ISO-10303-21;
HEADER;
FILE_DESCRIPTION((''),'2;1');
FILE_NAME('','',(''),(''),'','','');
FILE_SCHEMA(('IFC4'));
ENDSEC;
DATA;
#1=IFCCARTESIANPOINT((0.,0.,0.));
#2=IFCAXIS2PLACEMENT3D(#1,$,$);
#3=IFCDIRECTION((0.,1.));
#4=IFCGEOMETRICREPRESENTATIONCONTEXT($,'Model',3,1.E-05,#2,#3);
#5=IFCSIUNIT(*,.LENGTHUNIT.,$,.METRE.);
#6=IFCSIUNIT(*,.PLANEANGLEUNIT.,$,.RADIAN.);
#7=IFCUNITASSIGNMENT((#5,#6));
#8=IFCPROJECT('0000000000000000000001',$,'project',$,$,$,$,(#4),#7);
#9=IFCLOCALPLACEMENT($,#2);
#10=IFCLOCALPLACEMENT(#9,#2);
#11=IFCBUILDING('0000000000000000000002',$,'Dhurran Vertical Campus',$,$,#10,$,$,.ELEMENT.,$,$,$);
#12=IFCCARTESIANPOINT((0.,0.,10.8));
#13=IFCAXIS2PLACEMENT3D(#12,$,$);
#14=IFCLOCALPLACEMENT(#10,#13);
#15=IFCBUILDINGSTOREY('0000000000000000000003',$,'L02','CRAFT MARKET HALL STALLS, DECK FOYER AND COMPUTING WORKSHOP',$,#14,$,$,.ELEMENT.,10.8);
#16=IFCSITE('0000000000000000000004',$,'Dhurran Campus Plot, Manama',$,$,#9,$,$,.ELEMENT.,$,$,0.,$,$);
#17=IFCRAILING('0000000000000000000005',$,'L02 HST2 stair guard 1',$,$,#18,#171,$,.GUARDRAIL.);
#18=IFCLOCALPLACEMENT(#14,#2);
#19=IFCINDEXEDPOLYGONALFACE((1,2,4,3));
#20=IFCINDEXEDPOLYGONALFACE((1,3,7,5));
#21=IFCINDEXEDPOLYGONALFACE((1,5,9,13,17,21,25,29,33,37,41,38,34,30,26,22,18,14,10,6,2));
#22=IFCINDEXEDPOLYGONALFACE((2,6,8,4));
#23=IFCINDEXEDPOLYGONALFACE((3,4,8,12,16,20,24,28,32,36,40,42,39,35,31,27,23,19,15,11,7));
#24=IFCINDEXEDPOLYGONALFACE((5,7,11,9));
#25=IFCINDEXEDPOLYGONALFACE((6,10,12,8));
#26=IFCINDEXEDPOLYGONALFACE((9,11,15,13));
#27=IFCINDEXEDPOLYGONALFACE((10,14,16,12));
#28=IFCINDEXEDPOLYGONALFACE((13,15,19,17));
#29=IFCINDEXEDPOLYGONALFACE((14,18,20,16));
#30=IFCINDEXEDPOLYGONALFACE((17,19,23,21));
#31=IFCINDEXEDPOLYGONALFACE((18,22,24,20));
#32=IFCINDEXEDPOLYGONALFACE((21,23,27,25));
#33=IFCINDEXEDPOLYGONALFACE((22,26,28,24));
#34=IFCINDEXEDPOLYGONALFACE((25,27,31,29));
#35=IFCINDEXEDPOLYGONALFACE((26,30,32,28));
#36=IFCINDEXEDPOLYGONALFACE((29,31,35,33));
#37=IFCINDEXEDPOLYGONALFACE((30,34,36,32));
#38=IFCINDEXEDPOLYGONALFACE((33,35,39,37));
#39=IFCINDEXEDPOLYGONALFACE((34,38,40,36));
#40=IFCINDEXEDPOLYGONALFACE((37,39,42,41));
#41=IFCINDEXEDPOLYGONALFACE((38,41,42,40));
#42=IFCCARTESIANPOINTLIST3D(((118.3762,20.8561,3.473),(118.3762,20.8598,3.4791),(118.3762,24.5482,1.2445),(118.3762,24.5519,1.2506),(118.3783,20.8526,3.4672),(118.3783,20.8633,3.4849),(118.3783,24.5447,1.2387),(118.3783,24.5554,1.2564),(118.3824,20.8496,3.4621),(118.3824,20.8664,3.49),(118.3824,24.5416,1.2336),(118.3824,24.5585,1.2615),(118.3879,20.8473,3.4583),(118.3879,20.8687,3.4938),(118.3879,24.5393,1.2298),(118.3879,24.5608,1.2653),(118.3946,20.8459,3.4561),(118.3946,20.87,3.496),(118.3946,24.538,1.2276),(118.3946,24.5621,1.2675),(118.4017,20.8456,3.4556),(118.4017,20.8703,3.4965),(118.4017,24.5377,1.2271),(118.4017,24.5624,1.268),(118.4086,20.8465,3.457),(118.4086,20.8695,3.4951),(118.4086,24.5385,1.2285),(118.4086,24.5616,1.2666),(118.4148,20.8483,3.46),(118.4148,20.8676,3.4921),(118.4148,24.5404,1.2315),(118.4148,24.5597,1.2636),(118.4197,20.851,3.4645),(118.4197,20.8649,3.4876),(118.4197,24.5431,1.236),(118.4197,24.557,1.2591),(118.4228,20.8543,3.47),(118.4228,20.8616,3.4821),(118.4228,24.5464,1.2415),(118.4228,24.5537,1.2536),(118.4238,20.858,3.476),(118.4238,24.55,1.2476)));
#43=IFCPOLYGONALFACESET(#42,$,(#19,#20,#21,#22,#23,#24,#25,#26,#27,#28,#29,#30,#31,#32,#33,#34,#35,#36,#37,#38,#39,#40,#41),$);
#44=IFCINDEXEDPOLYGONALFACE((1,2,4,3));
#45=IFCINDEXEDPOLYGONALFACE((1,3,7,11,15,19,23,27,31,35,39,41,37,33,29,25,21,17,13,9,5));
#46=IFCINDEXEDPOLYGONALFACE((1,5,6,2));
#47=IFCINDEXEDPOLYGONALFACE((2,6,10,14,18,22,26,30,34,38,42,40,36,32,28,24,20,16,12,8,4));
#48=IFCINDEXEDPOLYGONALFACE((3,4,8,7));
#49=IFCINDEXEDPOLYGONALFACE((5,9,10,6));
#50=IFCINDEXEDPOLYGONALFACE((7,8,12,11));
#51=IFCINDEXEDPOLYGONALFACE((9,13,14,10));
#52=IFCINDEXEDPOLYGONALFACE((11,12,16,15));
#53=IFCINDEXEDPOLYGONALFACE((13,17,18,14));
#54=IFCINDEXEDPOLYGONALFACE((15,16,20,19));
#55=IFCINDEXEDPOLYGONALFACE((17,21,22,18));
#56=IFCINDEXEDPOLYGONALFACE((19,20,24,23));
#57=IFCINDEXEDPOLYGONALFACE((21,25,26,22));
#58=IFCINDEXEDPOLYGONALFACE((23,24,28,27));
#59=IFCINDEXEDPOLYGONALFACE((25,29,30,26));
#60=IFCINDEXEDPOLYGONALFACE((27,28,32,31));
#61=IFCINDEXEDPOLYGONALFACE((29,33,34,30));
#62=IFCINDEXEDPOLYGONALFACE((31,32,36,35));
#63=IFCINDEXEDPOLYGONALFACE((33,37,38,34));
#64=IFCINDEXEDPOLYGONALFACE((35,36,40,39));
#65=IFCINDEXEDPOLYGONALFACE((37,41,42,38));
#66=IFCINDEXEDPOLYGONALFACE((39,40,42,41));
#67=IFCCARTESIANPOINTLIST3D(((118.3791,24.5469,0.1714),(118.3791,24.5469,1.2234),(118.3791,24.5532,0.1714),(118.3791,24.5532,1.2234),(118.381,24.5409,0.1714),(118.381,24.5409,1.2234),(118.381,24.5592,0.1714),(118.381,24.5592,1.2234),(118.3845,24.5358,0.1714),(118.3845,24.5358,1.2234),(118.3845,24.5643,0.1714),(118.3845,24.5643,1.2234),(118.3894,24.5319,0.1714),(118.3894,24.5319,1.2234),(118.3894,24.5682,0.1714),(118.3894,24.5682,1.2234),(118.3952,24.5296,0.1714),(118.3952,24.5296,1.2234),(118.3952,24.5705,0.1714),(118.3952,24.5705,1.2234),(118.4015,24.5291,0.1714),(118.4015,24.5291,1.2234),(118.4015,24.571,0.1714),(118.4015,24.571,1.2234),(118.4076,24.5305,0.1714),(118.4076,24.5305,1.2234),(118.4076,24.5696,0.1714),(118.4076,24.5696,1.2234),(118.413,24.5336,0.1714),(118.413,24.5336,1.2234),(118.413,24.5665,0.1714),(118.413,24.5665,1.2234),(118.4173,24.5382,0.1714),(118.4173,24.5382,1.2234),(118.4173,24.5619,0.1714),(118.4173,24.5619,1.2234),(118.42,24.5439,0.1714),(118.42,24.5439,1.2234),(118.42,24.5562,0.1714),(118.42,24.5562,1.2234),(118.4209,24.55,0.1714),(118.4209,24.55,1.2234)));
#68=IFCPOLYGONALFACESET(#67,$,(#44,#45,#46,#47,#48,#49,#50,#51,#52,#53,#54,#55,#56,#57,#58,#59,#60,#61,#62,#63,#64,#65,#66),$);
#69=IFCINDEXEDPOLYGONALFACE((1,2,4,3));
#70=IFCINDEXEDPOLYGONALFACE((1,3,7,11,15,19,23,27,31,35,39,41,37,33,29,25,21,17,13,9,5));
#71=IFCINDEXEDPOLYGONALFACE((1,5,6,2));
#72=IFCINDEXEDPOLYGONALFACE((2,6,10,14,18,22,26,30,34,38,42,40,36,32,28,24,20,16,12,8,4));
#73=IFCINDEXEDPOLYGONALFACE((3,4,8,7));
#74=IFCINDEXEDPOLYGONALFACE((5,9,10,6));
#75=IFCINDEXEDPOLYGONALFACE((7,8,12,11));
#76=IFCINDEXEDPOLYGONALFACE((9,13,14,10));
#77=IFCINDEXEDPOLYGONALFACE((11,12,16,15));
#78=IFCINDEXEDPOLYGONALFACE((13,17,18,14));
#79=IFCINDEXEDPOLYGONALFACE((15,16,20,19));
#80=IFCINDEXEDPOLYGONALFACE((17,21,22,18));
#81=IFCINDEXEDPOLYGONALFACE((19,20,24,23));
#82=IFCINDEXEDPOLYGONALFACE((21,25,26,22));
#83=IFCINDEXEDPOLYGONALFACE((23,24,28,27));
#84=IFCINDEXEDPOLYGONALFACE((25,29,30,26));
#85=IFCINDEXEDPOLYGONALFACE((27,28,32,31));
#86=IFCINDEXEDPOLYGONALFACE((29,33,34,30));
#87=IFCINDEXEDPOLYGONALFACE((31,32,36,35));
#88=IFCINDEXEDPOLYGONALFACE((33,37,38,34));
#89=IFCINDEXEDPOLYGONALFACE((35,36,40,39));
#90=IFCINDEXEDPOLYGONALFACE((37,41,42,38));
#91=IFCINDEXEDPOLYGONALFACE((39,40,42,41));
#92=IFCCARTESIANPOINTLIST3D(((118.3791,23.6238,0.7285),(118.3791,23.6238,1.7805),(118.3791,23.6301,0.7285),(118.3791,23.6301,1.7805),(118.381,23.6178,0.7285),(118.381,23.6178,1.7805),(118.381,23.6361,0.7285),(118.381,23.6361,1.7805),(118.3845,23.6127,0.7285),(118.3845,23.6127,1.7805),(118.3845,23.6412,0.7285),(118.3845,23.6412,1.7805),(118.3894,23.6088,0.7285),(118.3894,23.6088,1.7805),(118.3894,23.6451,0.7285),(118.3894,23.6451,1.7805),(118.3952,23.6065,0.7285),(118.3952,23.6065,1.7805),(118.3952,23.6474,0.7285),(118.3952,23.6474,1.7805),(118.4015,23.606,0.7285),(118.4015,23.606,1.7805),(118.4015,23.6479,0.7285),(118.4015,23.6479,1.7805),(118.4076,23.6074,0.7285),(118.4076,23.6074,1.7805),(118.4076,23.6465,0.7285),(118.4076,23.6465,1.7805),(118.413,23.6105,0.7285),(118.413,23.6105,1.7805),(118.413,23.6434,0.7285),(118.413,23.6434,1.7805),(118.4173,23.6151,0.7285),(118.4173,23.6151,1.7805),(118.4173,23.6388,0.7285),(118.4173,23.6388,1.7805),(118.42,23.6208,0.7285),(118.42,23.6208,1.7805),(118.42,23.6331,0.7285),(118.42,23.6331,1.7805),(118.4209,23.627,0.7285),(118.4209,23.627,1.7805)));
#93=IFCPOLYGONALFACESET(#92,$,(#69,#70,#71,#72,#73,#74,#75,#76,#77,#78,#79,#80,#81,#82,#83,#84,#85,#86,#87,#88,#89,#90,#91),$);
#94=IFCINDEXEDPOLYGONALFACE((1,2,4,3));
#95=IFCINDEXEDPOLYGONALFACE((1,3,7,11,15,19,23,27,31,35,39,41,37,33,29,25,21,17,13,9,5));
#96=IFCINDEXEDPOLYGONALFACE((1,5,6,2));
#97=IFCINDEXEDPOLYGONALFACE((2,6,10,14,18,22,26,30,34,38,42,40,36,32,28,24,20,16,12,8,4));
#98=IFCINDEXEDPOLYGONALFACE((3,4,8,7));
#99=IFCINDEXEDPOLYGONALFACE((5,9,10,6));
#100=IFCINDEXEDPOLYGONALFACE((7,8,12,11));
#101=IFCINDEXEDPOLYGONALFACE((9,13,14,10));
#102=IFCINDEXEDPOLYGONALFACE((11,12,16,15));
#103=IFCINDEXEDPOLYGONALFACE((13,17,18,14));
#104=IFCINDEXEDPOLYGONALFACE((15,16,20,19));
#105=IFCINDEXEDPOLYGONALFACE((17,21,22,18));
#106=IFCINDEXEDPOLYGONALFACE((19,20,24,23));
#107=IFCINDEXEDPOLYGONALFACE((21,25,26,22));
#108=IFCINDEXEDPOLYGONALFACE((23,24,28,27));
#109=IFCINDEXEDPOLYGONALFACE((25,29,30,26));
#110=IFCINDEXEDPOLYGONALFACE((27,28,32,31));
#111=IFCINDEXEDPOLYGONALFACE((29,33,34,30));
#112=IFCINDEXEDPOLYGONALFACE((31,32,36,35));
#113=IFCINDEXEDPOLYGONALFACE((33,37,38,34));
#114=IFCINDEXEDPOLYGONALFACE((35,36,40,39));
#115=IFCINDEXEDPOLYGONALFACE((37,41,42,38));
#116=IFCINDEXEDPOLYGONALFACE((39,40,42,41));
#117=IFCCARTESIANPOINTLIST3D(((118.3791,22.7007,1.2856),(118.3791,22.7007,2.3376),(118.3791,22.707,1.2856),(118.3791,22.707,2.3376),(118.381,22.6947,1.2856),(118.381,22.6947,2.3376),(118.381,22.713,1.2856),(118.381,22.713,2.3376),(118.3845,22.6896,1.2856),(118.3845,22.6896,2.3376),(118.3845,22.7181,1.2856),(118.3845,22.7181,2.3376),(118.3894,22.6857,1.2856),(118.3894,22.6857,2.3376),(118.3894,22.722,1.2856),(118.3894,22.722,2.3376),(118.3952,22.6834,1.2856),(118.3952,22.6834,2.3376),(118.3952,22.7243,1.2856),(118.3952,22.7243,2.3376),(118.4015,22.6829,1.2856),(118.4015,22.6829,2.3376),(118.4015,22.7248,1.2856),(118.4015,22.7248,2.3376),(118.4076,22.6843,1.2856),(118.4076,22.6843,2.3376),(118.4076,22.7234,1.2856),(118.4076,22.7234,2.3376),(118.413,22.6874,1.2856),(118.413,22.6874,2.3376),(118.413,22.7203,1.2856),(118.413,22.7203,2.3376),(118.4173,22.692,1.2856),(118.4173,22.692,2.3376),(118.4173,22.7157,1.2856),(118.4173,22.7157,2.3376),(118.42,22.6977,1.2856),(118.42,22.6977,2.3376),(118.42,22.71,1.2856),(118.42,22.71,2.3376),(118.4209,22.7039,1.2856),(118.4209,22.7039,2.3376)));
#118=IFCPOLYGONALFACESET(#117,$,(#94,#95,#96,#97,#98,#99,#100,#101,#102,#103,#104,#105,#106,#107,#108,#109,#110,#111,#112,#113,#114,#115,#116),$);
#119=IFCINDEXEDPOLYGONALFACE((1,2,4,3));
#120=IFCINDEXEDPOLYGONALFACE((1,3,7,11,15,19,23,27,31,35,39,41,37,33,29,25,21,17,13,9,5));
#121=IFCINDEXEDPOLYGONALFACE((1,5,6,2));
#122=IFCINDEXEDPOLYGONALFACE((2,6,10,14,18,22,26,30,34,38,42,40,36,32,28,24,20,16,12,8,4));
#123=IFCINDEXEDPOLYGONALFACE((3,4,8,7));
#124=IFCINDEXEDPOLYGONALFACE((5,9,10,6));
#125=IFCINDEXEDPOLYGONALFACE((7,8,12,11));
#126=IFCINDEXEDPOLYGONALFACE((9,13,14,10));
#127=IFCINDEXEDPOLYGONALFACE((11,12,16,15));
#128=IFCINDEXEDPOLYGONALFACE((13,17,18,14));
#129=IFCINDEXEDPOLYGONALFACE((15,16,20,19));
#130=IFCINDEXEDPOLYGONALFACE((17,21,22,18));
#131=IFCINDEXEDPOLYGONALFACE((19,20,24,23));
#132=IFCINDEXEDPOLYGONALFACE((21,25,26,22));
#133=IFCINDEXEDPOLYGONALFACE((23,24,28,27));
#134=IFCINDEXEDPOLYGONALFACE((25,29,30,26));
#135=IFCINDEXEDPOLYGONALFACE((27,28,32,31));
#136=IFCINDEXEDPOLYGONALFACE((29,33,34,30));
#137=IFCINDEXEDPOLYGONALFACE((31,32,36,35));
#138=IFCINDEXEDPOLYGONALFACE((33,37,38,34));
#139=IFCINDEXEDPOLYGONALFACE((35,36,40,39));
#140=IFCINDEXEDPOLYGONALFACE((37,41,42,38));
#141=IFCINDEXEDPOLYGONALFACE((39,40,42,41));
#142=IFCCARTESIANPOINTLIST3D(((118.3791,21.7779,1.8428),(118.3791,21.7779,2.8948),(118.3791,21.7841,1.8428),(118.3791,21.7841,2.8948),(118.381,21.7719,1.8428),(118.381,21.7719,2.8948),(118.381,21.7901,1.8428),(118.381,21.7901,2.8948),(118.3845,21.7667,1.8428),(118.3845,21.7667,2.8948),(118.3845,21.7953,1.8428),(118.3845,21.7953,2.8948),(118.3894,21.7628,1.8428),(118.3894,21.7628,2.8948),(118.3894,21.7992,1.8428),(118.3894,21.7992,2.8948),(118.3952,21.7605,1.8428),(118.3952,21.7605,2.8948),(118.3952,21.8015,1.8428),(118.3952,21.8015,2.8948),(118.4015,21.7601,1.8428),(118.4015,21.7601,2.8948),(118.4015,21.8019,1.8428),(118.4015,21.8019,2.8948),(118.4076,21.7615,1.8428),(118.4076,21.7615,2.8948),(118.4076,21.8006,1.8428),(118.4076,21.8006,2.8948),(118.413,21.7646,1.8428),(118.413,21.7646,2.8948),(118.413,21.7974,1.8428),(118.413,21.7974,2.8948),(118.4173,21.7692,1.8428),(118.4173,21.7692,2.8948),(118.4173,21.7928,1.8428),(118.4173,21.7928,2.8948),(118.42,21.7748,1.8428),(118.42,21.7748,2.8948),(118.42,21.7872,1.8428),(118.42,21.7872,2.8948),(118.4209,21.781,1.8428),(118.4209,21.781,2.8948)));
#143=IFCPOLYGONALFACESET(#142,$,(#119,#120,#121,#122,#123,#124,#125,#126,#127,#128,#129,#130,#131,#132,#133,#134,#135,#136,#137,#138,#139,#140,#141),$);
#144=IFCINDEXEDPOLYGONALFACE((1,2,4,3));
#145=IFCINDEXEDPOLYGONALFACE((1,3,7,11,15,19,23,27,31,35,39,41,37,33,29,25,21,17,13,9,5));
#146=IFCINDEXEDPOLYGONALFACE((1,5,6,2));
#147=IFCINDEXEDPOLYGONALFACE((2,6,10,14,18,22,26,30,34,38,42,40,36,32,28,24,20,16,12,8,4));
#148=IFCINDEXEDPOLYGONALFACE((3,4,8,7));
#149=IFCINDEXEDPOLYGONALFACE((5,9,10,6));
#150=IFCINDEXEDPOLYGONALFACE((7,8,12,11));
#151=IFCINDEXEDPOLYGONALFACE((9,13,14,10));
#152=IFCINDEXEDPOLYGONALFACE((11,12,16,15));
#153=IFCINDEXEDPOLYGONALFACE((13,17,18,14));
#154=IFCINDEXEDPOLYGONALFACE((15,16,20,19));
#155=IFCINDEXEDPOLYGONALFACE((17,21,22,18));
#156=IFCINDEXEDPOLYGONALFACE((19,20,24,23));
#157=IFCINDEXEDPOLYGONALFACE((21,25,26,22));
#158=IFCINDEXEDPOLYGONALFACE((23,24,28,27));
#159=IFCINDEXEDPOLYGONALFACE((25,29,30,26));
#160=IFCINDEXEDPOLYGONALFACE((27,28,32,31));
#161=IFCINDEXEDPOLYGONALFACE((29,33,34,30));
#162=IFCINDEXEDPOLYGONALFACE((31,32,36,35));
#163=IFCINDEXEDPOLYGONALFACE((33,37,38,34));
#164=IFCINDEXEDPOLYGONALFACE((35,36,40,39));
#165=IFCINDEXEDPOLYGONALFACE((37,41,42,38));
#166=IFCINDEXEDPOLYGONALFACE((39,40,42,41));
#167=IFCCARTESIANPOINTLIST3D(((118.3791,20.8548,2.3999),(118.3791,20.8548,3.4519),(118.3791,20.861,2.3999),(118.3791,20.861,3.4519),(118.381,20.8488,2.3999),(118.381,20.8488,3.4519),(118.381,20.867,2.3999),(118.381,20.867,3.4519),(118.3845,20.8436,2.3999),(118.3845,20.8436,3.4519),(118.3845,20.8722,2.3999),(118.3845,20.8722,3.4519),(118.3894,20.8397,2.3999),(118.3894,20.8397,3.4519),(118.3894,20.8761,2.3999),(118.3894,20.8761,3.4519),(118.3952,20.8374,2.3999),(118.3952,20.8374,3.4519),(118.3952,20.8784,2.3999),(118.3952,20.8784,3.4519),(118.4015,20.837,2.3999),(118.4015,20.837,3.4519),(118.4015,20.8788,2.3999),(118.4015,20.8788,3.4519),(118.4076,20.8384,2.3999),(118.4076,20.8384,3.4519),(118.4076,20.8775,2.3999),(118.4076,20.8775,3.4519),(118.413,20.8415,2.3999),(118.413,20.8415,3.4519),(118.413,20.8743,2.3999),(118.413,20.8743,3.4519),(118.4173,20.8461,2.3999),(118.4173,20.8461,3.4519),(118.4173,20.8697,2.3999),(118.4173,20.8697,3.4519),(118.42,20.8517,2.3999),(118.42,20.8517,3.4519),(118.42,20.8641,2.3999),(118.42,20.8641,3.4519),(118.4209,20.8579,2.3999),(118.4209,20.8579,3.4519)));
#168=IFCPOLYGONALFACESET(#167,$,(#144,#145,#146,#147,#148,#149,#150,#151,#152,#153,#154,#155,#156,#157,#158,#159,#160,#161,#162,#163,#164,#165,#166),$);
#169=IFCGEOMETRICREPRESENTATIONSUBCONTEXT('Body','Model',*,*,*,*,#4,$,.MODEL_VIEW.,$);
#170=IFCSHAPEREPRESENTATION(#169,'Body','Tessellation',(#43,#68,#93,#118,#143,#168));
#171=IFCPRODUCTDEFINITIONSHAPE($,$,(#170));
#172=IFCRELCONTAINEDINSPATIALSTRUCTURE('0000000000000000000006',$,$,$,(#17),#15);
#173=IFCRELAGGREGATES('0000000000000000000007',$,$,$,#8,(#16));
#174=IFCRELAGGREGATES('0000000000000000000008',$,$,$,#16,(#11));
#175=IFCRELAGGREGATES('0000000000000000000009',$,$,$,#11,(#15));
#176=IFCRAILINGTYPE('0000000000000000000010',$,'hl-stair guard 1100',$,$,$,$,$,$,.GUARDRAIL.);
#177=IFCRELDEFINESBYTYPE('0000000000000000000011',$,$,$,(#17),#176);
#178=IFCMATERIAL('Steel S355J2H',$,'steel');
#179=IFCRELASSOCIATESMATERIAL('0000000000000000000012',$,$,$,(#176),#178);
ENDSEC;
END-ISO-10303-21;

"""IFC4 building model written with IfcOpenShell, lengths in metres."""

from ifc_helpers import new_model, si_unit, direction, frame, origin, origin_2d, place, context, subcontext, project, spatial, circle, extrude, material, type_object, element, save


model = new_model("IFC4")

# Units and contexts
model_context = context("Model", 3, precision=1e-05, world=origin(), true_north=direction((0.0, 1.0)))
body_context = subcontext(model_context, "Body", "Model", "MODEL_VIEW")
ifc_project = project(units=[si_unit("LENGTHUNIT", "METRE"), si_unit("PLANEANGLEUNIT", "RADIAN")], contexts=[model_context])

# Site, building, storey
site_placement = place(None, origin())
site = spatial("IfcSite", under=ifc_project, at=site_placement, Name="Dhurran Campus Plot, Manama", CompositionType="ELEMENT", RefElevation=0.0)
building_placement = place(site_placement, origin())
building = spatial("IfcBuilding", under=site, at=building_placement, Name="Dhurran Vertical Campus", CompositionType="ELEMENT")
storey_placement = place(building_placement, frame((0.0, 0.0, 10.8)))
storey = spatial("IfcBuildingStorey", under=building, at=storey_placement, Name="L02", Description="CRAFT MARKET HALL STALLS, DECK FOYER AND COMPUTING WORKSHOP", CompositionType="ELEMENT", Elevation=10.8)

# Railing
ifc_material_1 = material(Name="Steel S355J2H", Category="steel")
railing_type_1 = type_object("IfcRailingType", Name="hl-stair guard 1100", PredefinedType="GUARDRAIL", material=ifc_material_1)
railing_1_placement = place(storey_placement, frame((118.3999, 24.55, 0.1714)))
element("IfcRailing", 1, at=railing_1_placement, inside=storey, type_object=railing_type_1, Name="L02 HST2 stair guard 1", PredefinedType="GUARDRAIL", context=body_context, shape_type="SweptSolid", body=[
    extrude(circle(Radius=0.0239, at=origin_2d()), frame((0.0, 0.0, 1.0762), z_axis=(0.0, -0.856136, 0.51675), x_axis=(1.0, 0.0, 0.0)), (0.0, 0.0, 1.0), 4.3125),
    extrude(circle(Radius=0.021, at=origin_2d()), origin(), (0.0, 0.0, 1.0), 1.052),
    extrude(circle(Radius=0.021, at=origin_2d()), frame((0.0, -0.9231, 0.5571)), (0.0, 0.0, 1.0), 1.052),
    extrude(circle(Radius=0.021, at=origin_2d()), frame((0.0, -1.8462, 1.1143)), (0.0, 0.0, 1.0), 1.052),
    extrude(circle(Radius=0.021, at=origin_2d()), frame((0.0, -2.769, 1.6714)), (0.0, 0.0, 1.0), 1.052),
    extrude(circle(Radius=0.021, at=origin_2d()), frame((0.0, -3.6921, 2.2285)), (0.0, 0.0, 1.0), 1.052),
])

save(model, "model.ifc")
